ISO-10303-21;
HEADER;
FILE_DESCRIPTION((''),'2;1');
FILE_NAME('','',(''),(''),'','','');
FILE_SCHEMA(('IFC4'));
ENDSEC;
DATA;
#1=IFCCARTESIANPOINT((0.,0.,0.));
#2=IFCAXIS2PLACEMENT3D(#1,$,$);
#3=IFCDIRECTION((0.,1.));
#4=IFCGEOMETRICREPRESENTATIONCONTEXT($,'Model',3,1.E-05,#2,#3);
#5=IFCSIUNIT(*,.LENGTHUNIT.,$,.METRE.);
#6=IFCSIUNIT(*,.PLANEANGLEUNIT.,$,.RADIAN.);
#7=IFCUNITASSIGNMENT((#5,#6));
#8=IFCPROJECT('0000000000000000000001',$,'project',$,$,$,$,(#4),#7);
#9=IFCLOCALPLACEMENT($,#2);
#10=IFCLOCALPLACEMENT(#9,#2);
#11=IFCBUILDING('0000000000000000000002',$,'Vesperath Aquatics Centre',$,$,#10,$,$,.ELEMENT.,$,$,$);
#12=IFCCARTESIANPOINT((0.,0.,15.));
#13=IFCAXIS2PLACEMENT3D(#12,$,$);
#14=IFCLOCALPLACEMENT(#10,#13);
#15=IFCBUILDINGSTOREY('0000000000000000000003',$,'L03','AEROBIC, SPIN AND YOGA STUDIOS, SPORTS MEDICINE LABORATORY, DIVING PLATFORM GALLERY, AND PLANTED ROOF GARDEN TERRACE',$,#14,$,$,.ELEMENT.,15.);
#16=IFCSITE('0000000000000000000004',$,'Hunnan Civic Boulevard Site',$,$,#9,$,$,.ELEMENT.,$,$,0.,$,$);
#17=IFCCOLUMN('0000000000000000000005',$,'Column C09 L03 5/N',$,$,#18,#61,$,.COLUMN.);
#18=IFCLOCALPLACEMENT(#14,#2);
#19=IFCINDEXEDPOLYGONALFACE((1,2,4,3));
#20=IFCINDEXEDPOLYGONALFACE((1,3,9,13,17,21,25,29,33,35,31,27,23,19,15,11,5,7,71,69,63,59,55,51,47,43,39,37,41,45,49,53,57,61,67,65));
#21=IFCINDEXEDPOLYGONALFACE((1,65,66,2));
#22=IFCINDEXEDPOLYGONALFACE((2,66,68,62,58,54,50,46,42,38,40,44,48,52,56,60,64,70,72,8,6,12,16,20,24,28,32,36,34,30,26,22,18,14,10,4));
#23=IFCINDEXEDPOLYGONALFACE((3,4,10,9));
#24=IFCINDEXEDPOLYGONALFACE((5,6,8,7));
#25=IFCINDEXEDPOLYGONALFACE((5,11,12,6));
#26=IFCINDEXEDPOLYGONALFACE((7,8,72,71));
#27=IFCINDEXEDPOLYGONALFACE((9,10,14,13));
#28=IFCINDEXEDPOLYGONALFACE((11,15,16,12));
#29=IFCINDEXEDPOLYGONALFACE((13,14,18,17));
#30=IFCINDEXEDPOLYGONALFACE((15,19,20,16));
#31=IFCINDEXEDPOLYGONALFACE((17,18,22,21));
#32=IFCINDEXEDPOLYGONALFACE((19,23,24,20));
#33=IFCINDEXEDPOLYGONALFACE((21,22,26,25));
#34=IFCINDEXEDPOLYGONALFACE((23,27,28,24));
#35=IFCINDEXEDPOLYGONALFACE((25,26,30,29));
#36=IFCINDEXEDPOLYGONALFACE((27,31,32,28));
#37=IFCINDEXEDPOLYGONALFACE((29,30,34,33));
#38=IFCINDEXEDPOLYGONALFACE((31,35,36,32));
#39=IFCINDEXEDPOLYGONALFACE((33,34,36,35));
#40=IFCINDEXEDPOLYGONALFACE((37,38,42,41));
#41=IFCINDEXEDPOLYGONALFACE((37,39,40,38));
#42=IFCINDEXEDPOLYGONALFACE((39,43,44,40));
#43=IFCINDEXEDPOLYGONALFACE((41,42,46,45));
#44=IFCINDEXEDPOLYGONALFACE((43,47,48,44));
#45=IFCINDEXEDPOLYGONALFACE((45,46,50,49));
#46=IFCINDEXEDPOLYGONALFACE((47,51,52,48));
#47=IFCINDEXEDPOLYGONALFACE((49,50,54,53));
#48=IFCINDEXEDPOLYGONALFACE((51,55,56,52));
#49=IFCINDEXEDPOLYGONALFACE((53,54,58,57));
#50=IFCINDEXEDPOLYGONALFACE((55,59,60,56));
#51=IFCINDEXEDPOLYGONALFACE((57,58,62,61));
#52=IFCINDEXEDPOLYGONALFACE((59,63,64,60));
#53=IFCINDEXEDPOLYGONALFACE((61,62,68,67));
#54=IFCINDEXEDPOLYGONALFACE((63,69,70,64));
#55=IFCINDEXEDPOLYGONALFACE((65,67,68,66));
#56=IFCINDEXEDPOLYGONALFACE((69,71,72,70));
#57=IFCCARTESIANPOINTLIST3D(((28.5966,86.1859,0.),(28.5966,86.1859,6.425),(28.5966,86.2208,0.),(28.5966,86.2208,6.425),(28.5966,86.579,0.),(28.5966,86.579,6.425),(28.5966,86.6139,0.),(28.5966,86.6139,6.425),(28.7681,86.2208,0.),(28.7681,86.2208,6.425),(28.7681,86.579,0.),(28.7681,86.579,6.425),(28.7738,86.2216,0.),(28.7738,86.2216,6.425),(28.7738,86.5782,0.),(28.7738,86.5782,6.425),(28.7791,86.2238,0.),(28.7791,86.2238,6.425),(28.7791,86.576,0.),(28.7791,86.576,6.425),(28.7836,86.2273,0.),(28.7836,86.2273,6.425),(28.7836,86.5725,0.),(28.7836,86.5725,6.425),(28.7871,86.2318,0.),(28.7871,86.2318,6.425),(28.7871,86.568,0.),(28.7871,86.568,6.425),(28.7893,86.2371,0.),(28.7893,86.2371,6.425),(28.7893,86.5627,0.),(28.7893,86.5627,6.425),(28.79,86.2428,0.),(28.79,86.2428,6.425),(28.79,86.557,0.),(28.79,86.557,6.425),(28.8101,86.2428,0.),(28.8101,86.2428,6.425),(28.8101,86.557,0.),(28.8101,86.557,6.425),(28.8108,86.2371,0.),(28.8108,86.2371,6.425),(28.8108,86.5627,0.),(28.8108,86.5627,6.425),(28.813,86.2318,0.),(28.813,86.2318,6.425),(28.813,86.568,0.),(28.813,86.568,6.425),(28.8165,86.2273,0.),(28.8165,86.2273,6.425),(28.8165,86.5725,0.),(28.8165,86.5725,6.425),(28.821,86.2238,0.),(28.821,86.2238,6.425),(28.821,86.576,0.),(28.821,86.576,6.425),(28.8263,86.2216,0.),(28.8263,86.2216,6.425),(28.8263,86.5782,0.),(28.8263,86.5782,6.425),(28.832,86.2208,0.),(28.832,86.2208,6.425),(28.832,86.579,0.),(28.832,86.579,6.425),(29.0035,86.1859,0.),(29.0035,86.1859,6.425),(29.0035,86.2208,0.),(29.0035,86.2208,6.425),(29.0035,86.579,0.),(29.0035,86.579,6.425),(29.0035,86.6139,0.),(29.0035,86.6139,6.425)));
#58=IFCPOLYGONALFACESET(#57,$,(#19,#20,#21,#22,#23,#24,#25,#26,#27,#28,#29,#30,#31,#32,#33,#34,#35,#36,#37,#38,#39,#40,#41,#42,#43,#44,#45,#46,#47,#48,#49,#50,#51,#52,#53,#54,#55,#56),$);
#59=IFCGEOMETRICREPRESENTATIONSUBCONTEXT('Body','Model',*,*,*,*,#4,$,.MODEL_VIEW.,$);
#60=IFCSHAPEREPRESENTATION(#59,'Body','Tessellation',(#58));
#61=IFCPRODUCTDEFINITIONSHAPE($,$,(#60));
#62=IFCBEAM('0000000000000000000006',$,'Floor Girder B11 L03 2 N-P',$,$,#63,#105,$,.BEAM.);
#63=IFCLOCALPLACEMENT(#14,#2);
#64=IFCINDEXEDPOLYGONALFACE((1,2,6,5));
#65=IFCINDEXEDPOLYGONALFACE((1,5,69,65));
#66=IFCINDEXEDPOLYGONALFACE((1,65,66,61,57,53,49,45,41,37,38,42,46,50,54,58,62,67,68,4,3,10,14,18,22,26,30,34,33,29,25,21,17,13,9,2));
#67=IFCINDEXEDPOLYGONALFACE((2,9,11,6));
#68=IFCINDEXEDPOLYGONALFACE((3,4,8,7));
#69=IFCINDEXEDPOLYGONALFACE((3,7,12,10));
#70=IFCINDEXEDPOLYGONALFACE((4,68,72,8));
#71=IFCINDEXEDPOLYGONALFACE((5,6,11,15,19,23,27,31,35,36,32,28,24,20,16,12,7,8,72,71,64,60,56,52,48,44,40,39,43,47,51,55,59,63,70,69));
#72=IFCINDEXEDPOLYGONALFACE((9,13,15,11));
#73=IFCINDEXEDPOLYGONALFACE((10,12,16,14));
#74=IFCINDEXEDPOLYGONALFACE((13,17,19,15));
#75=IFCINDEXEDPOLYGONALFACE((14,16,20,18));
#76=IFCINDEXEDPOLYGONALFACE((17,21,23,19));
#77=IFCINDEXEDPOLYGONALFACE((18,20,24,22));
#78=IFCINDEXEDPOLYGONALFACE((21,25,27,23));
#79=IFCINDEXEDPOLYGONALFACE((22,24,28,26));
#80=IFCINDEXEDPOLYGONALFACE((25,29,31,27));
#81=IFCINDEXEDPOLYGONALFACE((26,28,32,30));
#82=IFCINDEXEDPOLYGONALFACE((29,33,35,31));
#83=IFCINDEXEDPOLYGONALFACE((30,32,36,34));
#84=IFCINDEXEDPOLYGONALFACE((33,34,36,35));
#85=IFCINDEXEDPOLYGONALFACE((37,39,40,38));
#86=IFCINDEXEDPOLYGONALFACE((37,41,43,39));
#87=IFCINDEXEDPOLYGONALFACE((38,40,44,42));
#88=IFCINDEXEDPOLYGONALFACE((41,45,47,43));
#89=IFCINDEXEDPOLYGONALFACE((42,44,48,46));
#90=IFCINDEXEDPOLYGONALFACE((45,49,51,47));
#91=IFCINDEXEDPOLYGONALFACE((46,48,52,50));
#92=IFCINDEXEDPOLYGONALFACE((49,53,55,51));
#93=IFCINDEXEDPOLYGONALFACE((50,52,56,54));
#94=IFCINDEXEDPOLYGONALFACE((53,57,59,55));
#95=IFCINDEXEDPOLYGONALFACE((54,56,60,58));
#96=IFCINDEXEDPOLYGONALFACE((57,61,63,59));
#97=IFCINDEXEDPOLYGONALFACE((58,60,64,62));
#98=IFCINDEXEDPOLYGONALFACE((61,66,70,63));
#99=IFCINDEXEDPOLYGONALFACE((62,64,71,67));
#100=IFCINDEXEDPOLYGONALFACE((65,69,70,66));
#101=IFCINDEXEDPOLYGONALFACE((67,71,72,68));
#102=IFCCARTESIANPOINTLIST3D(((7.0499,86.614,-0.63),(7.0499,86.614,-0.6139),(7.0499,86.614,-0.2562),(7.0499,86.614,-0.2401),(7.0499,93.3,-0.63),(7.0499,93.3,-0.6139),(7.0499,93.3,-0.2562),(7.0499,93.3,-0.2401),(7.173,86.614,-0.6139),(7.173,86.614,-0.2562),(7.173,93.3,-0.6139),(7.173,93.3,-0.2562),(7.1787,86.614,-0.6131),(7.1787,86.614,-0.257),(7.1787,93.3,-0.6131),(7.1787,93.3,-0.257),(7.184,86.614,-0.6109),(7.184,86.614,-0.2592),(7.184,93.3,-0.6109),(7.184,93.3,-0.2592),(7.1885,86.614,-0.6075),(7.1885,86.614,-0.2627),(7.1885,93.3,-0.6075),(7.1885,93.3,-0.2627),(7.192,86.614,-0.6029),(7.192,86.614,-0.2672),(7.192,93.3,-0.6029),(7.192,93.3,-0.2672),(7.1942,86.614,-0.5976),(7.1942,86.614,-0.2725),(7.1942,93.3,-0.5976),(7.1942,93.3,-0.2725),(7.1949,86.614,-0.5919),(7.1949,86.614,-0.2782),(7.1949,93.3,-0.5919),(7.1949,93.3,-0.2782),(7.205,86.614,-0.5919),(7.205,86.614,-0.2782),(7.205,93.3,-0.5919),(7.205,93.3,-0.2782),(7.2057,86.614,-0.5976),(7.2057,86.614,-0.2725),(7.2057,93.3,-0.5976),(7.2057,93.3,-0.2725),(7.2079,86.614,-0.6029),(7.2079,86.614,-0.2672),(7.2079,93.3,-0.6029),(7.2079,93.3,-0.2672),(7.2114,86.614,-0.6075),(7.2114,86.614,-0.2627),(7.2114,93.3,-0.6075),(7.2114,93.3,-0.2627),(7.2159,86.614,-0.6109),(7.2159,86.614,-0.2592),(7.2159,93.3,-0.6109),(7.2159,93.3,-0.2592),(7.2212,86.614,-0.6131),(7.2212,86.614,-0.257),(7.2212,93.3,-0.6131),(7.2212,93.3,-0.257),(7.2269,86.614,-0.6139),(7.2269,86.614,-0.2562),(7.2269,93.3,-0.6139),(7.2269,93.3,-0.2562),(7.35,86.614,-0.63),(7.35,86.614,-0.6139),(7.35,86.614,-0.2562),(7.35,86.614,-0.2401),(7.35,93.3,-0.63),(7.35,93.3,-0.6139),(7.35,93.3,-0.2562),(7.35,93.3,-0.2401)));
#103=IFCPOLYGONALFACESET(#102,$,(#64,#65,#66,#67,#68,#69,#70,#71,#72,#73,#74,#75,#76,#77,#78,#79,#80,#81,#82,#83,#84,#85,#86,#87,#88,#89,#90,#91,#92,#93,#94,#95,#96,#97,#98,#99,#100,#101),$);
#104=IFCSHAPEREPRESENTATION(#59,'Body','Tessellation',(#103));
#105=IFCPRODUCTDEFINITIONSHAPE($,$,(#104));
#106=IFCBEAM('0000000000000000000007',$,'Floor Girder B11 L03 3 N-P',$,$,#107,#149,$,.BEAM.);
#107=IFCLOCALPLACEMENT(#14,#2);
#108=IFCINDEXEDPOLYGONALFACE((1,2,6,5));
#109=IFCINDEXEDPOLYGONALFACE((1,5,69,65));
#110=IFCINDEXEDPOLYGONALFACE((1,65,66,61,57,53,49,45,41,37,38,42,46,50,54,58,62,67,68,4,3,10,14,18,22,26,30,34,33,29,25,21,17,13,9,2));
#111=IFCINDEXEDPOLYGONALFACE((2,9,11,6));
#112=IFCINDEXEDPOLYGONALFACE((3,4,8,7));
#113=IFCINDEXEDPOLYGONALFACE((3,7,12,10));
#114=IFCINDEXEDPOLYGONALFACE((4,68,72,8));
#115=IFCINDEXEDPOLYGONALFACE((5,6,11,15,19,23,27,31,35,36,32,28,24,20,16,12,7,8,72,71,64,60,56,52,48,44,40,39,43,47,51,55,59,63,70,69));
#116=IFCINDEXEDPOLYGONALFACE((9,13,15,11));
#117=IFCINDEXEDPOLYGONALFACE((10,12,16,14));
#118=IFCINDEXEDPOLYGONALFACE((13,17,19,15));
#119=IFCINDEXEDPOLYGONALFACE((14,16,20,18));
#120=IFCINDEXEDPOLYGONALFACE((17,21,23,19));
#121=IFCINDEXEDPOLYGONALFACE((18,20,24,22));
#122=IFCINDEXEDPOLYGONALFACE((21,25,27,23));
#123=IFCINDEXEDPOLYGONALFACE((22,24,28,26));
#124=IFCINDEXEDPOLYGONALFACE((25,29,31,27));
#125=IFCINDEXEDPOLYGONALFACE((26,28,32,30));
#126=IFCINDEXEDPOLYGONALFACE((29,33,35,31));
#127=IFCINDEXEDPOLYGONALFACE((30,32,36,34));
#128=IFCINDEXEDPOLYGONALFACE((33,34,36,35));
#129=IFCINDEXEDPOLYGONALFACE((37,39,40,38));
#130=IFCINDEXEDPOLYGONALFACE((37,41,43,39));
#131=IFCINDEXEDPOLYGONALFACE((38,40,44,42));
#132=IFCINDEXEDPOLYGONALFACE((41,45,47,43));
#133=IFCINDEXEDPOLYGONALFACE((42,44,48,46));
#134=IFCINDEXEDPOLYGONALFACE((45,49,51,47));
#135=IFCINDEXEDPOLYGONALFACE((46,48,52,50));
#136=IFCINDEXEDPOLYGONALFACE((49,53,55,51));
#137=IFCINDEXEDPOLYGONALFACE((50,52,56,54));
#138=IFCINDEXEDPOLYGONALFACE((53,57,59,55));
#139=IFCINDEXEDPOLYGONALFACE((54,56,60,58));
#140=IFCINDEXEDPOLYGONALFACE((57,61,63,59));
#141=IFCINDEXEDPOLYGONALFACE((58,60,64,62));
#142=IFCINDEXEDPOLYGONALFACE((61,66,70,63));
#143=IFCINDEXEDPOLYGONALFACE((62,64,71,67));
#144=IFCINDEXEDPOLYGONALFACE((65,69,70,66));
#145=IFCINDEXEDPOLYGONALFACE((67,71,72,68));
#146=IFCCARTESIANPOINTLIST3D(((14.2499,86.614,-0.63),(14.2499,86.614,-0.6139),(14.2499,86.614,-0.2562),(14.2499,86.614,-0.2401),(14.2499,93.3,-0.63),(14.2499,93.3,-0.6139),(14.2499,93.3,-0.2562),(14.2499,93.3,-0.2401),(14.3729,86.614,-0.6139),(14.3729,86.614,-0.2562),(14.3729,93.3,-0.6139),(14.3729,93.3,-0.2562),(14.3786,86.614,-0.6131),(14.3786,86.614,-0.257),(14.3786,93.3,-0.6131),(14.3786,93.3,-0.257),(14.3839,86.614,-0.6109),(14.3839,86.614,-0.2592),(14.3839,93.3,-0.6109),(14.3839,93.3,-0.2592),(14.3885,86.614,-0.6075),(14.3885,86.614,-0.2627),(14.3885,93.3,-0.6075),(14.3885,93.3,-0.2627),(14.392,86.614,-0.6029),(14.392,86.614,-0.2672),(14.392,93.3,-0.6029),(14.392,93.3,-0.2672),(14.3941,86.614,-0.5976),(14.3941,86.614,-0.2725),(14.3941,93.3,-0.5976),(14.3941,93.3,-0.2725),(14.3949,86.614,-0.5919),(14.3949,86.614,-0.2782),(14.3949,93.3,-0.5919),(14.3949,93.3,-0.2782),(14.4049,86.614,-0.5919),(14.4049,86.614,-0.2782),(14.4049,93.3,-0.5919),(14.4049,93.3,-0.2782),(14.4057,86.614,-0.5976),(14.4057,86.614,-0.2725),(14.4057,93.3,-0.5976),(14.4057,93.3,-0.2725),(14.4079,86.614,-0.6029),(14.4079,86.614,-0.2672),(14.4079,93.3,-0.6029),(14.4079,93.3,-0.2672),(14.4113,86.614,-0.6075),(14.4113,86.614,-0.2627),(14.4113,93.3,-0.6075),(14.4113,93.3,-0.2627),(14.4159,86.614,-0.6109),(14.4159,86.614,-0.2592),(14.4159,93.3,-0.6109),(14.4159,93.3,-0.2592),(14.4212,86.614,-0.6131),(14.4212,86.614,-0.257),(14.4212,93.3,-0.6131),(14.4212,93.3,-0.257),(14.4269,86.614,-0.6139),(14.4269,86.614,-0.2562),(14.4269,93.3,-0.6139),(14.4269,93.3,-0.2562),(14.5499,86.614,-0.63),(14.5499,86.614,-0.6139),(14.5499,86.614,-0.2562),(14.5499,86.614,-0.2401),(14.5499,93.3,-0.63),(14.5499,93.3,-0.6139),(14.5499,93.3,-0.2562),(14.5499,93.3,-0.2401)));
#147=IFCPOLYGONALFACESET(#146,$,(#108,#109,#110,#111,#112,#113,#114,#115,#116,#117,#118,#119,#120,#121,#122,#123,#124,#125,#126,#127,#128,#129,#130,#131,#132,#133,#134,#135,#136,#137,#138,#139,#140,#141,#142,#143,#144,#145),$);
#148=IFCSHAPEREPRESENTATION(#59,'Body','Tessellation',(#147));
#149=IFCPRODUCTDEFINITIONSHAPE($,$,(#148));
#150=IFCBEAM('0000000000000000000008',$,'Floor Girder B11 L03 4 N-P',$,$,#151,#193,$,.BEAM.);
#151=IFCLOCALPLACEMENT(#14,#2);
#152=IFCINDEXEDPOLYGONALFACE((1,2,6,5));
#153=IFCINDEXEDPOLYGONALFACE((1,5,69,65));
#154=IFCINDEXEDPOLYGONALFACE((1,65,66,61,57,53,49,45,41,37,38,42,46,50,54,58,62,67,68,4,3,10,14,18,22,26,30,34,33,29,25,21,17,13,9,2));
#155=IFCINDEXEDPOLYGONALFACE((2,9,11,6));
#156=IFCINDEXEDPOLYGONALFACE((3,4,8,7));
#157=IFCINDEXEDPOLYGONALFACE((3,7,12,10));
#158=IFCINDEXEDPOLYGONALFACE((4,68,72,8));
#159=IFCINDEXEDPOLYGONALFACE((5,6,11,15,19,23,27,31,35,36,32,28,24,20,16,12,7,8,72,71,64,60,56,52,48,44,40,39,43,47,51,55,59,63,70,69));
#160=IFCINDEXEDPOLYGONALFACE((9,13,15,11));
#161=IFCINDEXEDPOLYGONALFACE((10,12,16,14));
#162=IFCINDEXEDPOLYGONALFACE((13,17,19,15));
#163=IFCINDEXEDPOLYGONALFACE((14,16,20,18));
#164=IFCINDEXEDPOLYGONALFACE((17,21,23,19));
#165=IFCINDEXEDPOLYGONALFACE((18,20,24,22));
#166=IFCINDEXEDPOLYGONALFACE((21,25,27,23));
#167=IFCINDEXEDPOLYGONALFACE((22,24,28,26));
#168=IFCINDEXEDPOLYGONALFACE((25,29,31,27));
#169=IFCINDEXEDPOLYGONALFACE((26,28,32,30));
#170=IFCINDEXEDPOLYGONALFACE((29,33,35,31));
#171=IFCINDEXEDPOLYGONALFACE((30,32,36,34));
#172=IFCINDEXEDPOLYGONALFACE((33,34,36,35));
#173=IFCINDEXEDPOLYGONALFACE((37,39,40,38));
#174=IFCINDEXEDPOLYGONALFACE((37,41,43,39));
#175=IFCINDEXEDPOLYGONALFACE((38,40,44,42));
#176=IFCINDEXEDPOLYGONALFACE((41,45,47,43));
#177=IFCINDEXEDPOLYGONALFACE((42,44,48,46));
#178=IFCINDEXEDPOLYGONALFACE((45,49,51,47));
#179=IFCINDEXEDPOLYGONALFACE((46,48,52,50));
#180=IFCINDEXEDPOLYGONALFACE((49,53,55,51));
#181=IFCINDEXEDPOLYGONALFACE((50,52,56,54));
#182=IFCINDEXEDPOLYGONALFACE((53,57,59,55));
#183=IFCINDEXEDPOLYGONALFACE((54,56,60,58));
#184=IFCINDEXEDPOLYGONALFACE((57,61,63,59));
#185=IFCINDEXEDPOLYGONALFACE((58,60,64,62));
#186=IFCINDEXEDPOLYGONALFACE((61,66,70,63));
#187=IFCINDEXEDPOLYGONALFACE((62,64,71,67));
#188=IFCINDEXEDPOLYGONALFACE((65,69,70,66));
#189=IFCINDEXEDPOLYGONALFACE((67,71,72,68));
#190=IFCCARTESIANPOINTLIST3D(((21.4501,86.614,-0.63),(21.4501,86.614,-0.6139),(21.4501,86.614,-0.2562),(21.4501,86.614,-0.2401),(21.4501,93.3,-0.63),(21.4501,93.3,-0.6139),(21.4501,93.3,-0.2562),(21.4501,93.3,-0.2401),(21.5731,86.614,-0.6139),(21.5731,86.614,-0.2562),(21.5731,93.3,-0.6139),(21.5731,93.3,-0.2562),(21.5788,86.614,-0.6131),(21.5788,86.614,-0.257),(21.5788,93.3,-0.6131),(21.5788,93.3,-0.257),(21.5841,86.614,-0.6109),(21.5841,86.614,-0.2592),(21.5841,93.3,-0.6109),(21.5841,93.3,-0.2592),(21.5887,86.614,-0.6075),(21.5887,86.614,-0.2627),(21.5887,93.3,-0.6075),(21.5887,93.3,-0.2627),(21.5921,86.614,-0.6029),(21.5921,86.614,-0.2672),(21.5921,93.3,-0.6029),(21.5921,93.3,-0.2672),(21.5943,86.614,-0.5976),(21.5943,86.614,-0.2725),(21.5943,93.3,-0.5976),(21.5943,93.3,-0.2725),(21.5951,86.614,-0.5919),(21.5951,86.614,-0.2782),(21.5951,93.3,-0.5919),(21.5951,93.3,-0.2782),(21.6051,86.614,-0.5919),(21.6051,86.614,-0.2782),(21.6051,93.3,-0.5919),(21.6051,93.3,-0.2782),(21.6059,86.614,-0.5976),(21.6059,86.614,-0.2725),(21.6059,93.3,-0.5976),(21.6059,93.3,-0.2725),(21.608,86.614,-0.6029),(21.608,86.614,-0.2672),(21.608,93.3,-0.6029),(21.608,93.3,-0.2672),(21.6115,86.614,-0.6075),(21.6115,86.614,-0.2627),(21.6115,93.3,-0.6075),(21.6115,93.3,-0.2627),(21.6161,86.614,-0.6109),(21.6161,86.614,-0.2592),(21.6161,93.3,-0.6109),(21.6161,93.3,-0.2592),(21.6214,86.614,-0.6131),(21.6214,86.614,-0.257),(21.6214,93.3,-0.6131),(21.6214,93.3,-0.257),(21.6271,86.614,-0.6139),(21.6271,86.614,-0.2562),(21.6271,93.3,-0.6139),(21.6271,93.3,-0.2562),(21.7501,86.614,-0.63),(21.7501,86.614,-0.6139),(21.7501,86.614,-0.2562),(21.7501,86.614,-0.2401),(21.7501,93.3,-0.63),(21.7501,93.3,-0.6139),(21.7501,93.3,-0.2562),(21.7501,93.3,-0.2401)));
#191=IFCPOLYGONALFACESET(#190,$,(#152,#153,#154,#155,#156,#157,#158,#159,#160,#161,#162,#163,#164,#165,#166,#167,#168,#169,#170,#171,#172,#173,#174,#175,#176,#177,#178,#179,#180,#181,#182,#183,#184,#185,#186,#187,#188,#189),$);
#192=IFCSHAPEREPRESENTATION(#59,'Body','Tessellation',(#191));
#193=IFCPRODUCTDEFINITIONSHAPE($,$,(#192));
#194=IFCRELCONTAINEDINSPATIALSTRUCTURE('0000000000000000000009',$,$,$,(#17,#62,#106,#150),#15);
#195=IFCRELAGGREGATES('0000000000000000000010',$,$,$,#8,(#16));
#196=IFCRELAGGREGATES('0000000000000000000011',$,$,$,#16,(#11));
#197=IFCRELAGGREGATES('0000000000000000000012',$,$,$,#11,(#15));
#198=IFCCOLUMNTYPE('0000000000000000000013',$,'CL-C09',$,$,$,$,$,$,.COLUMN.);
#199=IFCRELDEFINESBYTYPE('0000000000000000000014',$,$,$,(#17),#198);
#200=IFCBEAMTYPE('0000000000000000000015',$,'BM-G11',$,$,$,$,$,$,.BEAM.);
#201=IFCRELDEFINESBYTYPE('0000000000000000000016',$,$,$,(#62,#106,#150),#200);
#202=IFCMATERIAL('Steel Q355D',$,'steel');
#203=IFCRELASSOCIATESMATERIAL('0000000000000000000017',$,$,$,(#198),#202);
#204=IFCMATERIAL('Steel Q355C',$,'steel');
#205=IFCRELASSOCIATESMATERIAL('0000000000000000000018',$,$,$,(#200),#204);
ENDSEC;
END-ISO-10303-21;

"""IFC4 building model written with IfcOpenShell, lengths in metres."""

from ifc_helpers import new_model, si_unit, direction, frame, origin, origin_2d, place, context, subcontext, project, spatial, i_section, extrude, material, material_profile, profile_set, type_object, element, save


model = new_model("IFC4")

# Units and contexts
model_context = context("Model", 3, precision=1e-05, world=origin(), true_north=direction((0.0, 1.0)))
body_context = subcontext(model_context, "Body", "Model", "MODEL_VIEW")
ifc_project = project(units=[si_unit("LENGTHUNIT", "METRE"), si_unit("PLANEANGLEUNIT", "RADIAN")], contexts=[model_context])

# Site, building, storey
site_placement = place(None, origin())
site = spatial("IfcSite", under=ifc_project, at=site_placement, Name="Hunnan Civic Boulevard Site", CompositionType="ELEMENT", RefElevation=0.0)
building_placement = place(site_placement, origin())
building = spatial("IfcBuilding", under=site, at=building_placement, Name="Vesperath Aquatics Centre", CompositionType="ELEMENT")
storey_placement = place(building_placement, frame((0.0, 0.0, 15.0)))
storey = spatial("IfcBuildingStorey", under=building, at=storey_placement, Name="L03", Description="AEROBIC, SPIN AND YOGA STUDIOS, SPORTS MEDICINE LABORATORY, DIVING PLATFORM GALLERY, AND PLANTED ROOF GARDEN TERRACE", CompositionType="ELEMENT", Elevation=15.0)

# Column
ifc_material_1 = material(Name="Steel Q355D", Category="steel")
ifc_material_profile_1 = material_profile(ifc_material_1, i_section(OverallWidth=0.407, OverallDepth=0.428, WebThickness=0.02, FlangeThickness=0.0349, FilletRadius=0.022, at=origin_2d()), Name="HW 428x407x20x35")
ifc_profile_set_1 = profile_set([ifc_material_profile_1], Name="Steel Q355D")
column_type = type_object("IfcColumnType", Name="CL-C09", PredefinedType="COLUMN", material=ifc_profile_set_1)
column_placement = place(storey_placement, frame((28.8, 86.3999, 0.0), z_axis=(0.0, 0.0, 1.0), x_axis=(1.0, 0.0, 0.0)))
element("IfcColumn", 1, at=column_placement, inside=storey, type_object=column_type, Name="Column C09 L03 5/N", PredefinedType="COLUMN", context=body_context, shape_type="SweptSolid", body=[
    extrude(i_section(OverallWidth=0.407, OverallDepth=0.428, WebThickness=0.02, FlangeThickness=0.0349, FilletRadius=0.022, at=origin_2d()), origin(), (0.0, 0.0, 1.0), 6.425),
])

# Beams
ifc_material_2 = material(Name="Steel Q355C", Category="steel")
ifc_material_profile_2 = material_profile(ifc_material_2, i_section(OverallWidth=0.3, OverallDepth=0.3899, WebThickness=0.01, FlangeThickness=0.0161, FilletRadius=0.022, at=origin_2d()), Name="HM 390x300x10x16")
ifc_profile_set_2 = profile_set([ifc_material_profile_2], Name="Steel Q355C")
beam_type = type_object("IfcBeamType", Name="BM-G11", PredefinedType="BEAM", material=ifc_profile_set_2)
for number, where, z_axis, x_axis, name in (
    (2, (7.2, 86.614, -0.4351), (0.0, 1.0, 0.0), (-1.0, 0.0, 0.0), "Floor Girder B11 L03 2 N-P"),
    (3, (14.3999, 86.614, -0.4351), (0.0, 1.0, 0.0), (-1.0, 0.0, 0.0), "Floor Girder B11 L03 3 N-P"),
    (4, (21.6001, 86.614, -0.4351), (0.0, 1.0, 0.0), (-1.0, 0.0, 0.0), "Floor Girder B11 L03 4 N-P"),
):
    element("IfcBeam", number, at=place(storey_placement, frame(where, z_axis=z_axis, x_axis=x_axis)), inside=storey, type_object=beam_type, Name=name, PredefinedType="BEAM", context=body_context, shape_type="SweptSolid", body=[
        extrude(i_section(OverallWidth=0.3, OverallDepth=0.3899, WebThickness=0.01, FlangeThickness=0.0161, FilletRadius=0.022, at=origin_2d()), origin(), (0.0, 0.0, 1.0), 6.686),
    ])

save(model, "model.ifc")
